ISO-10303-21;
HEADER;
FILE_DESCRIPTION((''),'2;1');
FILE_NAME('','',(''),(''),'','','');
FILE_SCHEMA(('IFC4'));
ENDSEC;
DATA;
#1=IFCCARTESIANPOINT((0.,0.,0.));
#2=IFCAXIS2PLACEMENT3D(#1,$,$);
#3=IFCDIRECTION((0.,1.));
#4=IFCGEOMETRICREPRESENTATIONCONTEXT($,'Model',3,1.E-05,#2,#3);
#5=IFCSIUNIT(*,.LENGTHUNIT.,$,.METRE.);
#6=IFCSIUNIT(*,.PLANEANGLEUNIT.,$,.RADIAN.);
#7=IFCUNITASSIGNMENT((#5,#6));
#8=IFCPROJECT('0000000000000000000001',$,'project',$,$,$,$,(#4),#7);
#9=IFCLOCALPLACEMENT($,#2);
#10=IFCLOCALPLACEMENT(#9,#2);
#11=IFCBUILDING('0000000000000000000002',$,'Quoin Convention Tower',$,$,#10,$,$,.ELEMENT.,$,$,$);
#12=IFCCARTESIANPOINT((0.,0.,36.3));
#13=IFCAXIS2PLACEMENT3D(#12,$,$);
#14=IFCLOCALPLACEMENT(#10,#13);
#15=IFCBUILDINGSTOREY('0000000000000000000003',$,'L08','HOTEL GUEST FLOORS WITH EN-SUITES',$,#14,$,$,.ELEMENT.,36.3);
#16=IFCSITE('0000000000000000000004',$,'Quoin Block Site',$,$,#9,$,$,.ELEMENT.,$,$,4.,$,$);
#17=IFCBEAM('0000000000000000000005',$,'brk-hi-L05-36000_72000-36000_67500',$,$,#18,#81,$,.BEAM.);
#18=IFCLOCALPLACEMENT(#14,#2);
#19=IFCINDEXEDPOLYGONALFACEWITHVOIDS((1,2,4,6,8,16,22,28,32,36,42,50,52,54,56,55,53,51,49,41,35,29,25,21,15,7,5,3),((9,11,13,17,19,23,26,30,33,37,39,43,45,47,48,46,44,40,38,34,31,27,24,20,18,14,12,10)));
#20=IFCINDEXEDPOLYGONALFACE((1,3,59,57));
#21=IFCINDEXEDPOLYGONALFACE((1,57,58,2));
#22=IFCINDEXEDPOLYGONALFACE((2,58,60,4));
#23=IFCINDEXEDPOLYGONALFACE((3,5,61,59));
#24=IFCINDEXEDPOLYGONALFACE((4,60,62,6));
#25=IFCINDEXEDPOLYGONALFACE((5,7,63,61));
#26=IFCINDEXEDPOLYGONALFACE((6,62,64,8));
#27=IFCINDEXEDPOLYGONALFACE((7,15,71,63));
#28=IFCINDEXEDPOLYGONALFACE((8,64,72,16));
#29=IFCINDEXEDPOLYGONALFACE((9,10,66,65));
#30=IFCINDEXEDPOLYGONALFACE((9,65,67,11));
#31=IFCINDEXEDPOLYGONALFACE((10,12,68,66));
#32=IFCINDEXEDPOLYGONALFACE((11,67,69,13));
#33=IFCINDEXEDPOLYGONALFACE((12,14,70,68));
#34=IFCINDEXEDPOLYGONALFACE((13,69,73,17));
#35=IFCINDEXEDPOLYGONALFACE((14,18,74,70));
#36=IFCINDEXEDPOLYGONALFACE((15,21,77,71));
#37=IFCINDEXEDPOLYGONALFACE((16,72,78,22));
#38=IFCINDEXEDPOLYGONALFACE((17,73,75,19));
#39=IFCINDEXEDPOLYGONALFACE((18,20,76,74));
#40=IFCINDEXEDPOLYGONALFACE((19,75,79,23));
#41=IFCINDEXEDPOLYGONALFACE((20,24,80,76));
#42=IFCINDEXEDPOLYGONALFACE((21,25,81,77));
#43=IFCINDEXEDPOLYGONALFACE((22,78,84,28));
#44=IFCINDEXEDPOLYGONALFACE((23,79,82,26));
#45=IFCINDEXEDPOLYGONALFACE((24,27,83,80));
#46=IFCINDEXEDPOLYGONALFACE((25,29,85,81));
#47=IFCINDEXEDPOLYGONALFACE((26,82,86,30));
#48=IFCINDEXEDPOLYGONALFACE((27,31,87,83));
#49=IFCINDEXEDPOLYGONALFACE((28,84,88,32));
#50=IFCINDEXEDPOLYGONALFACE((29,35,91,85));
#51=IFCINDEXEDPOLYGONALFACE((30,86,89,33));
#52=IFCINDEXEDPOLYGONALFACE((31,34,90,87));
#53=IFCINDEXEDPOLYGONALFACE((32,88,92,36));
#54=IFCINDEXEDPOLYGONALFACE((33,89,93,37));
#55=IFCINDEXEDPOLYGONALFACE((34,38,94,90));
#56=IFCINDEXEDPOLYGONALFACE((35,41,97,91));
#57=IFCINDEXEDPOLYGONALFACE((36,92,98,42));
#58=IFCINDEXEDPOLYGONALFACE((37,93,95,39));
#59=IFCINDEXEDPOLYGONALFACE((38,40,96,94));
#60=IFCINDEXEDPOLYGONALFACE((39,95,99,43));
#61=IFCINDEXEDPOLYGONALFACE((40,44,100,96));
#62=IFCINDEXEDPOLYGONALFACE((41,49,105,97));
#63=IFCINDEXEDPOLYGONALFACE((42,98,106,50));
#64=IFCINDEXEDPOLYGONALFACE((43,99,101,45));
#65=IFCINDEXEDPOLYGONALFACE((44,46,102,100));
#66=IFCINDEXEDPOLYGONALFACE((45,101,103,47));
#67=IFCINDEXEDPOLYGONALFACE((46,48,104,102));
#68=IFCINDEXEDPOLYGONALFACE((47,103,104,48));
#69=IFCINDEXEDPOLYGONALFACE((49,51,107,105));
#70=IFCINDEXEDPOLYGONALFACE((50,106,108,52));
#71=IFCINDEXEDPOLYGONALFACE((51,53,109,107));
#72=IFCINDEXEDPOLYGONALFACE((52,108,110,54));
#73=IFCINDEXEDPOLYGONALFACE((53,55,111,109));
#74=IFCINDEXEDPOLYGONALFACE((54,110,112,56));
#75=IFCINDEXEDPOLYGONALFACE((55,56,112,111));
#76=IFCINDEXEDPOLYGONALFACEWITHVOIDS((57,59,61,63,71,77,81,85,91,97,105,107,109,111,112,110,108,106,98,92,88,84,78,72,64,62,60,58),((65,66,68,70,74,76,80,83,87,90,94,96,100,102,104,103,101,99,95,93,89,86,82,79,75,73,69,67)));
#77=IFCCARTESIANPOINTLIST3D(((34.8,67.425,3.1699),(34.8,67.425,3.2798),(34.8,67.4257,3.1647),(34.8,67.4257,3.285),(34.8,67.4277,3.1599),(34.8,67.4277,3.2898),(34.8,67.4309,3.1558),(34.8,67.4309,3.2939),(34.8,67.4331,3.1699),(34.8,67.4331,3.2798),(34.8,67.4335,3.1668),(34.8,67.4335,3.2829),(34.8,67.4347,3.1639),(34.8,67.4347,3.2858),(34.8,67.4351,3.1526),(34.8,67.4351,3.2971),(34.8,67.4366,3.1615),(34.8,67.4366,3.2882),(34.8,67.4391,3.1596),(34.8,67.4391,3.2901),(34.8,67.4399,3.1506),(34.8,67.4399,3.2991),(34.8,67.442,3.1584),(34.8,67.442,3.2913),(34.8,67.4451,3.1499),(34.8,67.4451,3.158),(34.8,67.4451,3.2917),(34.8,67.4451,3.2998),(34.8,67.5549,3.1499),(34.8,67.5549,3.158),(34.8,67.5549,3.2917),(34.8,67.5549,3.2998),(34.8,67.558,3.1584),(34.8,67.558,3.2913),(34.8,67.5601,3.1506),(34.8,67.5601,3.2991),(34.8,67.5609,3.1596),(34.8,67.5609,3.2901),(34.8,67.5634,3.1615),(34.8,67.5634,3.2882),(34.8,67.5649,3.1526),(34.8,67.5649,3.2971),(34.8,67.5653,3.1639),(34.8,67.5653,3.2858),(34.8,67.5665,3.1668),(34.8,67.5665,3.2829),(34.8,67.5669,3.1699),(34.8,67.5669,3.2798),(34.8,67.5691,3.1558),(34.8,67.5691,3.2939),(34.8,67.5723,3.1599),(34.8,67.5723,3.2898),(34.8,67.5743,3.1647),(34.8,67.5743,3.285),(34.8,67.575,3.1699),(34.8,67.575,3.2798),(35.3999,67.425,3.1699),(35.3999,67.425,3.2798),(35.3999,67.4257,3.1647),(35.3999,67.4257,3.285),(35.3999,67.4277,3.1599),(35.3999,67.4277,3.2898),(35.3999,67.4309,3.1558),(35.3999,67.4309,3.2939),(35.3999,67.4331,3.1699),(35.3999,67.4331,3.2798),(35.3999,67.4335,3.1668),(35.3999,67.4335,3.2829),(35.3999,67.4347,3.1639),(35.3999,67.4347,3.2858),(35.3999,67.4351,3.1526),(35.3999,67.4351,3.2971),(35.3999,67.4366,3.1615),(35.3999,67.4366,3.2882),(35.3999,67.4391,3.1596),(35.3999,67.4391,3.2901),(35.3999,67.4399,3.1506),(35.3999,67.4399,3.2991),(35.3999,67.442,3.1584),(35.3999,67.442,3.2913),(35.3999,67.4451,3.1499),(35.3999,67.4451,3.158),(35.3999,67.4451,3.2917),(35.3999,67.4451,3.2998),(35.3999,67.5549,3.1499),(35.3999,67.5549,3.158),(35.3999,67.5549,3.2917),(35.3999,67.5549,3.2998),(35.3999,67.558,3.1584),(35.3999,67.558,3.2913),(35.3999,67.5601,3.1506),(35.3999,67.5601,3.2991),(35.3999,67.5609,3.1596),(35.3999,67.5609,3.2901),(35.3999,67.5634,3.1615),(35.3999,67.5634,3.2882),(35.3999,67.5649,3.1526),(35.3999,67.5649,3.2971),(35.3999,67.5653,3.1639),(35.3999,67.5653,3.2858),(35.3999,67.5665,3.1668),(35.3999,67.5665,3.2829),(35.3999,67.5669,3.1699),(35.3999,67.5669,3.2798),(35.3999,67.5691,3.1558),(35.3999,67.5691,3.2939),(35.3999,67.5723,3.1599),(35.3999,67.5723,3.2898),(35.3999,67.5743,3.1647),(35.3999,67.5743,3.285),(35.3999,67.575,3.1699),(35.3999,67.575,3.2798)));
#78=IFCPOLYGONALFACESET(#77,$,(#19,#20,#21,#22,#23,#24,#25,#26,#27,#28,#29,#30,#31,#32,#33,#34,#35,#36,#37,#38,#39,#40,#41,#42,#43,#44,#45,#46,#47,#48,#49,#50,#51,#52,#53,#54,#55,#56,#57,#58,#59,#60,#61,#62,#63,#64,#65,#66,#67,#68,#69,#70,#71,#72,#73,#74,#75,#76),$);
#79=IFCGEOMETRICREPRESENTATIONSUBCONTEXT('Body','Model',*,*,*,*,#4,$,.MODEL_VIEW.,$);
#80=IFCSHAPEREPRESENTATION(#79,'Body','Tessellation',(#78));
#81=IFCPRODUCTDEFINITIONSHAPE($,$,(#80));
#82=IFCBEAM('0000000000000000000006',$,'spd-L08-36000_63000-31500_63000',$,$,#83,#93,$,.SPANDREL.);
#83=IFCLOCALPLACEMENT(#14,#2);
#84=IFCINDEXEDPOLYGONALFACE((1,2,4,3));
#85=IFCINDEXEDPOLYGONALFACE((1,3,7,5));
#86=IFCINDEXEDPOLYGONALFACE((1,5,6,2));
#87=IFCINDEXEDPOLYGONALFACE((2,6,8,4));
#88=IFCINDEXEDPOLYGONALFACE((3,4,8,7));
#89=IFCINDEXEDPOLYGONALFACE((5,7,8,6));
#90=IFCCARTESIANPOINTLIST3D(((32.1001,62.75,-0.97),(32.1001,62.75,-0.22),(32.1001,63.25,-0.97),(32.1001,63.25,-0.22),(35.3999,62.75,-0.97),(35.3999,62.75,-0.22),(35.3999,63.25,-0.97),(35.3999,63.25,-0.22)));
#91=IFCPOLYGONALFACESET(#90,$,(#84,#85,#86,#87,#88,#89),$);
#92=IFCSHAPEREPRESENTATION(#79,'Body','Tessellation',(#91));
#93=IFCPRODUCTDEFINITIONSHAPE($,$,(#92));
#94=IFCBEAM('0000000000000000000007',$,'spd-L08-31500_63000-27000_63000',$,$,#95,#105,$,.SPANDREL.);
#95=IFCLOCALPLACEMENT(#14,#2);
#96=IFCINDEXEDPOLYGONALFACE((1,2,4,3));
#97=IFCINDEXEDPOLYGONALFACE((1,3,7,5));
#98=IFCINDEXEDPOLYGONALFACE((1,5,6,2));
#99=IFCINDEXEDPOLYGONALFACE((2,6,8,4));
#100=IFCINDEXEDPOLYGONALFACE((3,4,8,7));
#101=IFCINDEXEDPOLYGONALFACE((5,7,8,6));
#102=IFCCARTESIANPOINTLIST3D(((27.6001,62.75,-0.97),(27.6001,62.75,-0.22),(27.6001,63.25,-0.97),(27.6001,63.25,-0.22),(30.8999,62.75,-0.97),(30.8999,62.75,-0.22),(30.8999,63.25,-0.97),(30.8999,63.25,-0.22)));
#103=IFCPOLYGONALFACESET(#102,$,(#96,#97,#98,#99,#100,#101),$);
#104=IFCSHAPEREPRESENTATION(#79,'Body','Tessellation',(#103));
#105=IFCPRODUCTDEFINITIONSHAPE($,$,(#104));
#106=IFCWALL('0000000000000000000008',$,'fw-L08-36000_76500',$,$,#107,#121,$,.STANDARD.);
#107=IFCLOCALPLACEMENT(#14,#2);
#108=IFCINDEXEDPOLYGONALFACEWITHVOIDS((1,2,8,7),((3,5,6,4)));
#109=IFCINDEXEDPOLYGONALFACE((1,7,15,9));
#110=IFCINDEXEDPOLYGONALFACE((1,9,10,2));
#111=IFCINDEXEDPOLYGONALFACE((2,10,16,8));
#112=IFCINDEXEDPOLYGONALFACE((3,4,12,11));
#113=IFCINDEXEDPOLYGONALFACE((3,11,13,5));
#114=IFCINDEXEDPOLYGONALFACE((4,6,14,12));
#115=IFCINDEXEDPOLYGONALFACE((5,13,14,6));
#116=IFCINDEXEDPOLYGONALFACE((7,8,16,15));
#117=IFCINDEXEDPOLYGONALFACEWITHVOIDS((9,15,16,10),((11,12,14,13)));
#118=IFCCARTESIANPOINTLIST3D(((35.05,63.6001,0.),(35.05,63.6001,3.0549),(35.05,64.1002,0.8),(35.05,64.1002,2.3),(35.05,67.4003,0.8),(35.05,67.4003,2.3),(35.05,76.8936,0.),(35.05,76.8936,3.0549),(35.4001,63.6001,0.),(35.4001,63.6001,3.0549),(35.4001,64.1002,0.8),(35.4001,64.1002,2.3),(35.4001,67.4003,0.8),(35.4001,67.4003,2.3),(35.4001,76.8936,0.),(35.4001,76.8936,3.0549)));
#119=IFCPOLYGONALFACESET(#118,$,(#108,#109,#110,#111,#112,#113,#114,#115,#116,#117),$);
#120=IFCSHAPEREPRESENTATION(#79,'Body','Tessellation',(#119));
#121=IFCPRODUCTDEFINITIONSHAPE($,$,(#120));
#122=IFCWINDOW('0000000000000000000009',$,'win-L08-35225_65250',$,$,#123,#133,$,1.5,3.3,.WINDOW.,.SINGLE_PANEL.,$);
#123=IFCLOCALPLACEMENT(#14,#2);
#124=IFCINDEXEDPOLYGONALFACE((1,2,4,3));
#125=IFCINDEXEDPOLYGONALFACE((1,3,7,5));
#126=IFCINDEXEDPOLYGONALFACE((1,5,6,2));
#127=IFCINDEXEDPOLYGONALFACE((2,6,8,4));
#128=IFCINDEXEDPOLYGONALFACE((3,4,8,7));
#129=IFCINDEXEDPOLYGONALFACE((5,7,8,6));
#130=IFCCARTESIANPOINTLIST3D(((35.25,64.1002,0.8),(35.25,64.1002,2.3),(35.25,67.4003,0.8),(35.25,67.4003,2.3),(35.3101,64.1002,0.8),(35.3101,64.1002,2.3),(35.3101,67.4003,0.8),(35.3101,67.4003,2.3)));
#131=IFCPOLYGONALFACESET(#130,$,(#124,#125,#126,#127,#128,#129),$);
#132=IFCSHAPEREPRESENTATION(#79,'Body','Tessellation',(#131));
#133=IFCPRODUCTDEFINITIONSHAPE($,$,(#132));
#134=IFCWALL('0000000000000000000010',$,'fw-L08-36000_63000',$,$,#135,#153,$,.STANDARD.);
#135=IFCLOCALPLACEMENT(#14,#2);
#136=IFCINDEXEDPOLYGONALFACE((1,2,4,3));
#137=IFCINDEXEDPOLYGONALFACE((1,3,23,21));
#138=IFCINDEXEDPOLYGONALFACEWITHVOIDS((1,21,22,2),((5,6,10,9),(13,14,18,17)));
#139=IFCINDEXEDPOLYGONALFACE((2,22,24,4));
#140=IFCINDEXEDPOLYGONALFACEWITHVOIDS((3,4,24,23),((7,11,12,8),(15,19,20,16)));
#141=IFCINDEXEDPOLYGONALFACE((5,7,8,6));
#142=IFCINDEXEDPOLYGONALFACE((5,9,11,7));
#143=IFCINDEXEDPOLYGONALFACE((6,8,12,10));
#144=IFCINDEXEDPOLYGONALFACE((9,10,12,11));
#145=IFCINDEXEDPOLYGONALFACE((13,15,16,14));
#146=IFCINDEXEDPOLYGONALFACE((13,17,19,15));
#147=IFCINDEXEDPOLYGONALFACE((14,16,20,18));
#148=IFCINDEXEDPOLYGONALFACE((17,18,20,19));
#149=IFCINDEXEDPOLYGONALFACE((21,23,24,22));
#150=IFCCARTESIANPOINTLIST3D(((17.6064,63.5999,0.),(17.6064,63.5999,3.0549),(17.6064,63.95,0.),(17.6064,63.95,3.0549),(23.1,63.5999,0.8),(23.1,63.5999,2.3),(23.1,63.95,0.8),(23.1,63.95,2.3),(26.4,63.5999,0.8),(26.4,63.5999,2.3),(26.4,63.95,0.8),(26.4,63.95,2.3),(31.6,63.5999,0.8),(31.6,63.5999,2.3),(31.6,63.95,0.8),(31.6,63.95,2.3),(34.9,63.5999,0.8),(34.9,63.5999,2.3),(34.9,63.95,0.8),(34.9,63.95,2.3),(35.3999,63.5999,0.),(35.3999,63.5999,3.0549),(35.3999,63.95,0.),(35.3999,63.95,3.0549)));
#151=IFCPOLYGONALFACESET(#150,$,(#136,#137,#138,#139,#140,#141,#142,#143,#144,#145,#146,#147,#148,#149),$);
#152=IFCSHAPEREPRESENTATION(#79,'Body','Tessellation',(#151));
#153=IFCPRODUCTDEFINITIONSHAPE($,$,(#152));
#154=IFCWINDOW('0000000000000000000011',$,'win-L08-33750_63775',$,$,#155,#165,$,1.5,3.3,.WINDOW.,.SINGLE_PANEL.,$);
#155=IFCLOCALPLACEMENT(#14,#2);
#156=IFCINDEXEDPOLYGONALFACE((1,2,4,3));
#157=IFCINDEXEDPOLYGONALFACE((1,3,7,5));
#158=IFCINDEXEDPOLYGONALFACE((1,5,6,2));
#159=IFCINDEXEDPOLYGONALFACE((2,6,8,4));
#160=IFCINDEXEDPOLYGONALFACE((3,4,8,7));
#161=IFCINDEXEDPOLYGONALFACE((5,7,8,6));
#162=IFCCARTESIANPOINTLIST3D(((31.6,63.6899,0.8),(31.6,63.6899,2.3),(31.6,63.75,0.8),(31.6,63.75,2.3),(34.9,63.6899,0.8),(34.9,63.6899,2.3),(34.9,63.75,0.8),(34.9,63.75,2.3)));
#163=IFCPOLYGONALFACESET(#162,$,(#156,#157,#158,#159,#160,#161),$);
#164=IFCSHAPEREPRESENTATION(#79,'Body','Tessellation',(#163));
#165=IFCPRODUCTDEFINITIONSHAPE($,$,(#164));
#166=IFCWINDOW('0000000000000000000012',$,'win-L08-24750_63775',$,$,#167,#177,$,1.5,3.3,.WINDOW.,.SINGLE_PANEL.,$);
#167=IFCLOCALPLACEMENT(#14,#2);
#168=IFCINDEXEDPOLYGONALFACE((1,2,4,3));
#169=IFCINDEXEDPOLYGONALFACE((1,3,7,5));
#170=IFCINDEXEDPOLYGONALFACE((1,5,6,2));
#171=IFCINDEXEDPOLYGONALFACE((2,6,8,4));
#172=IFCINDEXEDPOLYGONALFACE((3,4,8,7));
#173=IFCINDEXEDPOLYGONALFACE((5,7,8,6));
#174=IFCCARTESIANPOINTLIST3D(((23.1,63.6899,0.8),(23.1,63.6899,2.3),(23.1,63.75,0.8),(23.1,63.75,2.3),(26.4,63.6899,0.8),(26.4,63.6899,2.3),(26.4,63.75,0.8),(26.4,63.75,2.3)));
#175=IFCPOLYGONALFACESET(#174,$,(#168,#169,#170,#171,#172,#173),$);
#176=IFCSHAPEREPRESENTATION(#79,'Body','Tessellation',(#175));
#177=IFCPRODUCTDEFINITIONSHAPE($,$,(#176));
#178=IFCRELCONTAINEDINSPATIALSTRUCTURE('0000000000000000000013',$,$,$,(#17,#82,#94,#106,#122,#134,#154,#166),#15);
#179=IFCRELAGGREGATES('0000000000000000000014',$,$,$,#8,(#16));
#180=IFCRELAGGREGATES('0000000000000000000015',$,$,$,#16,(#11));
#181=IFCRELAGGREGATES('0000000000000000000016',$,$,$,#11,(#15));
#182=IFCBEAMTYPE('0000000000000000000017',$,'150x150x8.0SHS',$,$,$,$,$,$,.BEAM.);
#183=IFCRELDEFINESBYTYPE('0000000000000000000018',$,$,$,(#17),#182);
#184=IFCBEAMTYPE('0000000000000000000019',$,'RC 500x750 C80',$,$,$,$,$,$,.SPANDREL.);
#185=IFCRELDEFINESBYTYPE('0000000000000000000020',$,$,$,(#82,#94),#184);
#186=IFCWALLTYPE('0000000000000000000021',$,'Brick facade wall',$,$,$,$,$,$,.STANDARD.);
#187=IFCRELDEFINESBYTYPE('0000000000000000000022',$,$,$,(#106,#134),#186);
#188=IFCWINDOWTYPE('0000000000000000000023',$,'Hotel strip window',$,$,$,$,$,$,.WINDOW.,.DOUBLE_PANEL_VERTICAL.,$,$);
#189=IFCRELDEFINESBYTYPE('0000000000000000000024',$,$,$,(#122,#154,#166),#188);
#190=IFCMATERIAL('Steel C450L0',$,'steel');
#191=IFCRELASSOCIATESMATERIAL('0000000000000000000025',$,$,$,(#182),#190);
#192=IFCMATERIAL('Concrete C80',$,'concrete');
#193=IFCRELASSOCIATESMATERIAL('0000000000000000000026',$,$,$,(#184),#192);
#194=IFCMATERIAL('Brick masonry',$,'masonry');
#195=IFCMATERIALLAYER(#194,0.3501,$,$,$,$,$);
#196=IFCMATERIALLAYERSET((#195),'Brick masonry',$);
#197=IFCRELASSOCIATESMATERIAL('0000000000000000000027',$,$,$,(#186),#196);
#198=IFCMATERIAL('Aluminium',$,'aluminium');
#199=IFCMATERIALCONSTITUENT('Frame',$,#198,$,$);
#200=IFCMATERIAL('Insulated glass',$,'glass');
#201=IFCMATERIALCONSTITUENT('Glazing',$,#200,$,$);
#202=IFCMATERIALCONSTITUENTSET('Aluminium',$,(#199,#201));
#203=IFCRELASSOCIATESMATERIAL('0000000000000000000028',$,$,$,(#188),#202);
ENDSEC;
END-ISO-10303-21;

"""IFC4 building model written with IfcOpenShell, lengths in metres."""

from ifc_helpers import new_model, si_unit, direction, frame, frame_2d, origin, origin_2d, place, context, subcontext, project, spatial, rectangle, hollow_rectangle, extrude, material, layer, layer_set, constituent, constituent_set, material_profile, profile_set, type_object, element, fill, save


model = new_model("IFC4")

# Units and contexts
model_context = context("Model", 3, precision=1e-05, world=origin(), true_north=direction((0.0, 1.0)))
body_context = subcontext(model_context, "Body", "Model", "MODEL_VIEW")
ifc_project = project(units=[si_unit("LENGTHUNIT", "METRE"), si_unit("PLANEANGLEUNIT", "RADIAN")], contexts=[model_context])

# Site, building, storey
site_placement = place(None, origin())
site = spatial("IfcSite", under=ifc_project, at=site_placement, Name="Quoin Block Site", CompositionType="ELEMENT", RefElevation=4.0)
building_placement = place(site_placement, origin())
building = spatial("IfcBuilding", under=site, at=building_placement, Name="Quoin Convention Tower", CompositionType="ELEMENT")
storey_placement = place(building_placement, frame((0.0, 0.0, 36.3)))
storey = spatial("IfcBuildingStorey", under=building, at=storey_placement, Name="L08", Description="HOTEL GUEST FLOORS WITH EN-SUITES", CompositionType="ELEMENT", Elevation=36.3)

# Shared definitions
ifc_material_1 = material(Name="Concrete C80", Category="concrete")

# Beams
ifc_material_2 = material(Name="Steel C450L0", Category="steel")
ifc_material_profile_1 = material_profile(ifc_material_2, hollow_rectangle(XDim=0.1499, YDim=0.1499, WallThickness=0.0081, InnerFilletRadius=0.012, OuterFilletRadius=0.02, at=origin_2d()), Name="150x150x8.0SHS")
ifc_profile_set_1 = profile_set([ifc_material_profile_1], Name="Steel C450L0")
beam_type_1 = type_object("IfcBeamType", Name="150x150x8.0SHS", PredefinedType="BEAM", material=ifc_profile_set_1)
for number, where, z_axis, x_axis, name in (
    (1, (35.3999, 67.5, 3.2249), (-1.0, 0.0, 0.0), (0.0, -1.0, 0.0), "brk-hi-L05-36000_72000-36000_67500"),
):
    element("IfcBeam", number, at=place(storey_placement, frame(where, z_axis=z_axis, x_axis=x_axis)), inside=storey, type_object=beam_type_1, Name=name, PredefinedType="BEAM", context=body_context, shape_type="SweptSolid", body=[
        extrude(hollow_rectangle(XDim=0.1499, YDim=0.1499, WallThickness=0.0081, InnerFilletRadius=0.012, OuterFilletRadius=0.02, at=origin_2d()), origin(), (0.0, 0.0, 1.0), 0.5999),
    ])
ifc_material_profile_2 = material_profile(ifc_material_1, rectangle(XDim=0.5, YDim=0.75, at=origin_2d()), Name="RC 500x750")
ifc_profile_set_2 = profile_set([ifc_material_profile_2], Name="Concrete C80")
beam_type_2 = type_object("IfcBeamType", Name="RC 500x750 C80", PredefinedType="SPANDREL", material=ifc_profile_set_2)
for number, where, z_axis, x_axis, name in (
    (2, (35.3999, 63.0, -0.595), (-1.0, 0.0, 0.0), (0.0, -1.0, 0.0), "spd-L08-36000_63000-31500_63000"),
    (3, (30.8999, 63.0, -0.595), (-1.0, 0.0, 0.0), (0.0, -1.0, 0.0), "spd-L08-31500_63000-27000_63000"),
):
    element("IfcBeam", number, at=place(storey_placement, frame(where, z_axis=z_axis, x_axis=x_axis)), inside=storey, type_object=beam_type_2, Name=name, PredefinedType="SPANDREL", context=body_context, shape_type="SweptSolid", body=[
        extrude(rectangle(XDim=0.5, YDim=0.75, at=origin_2d()), origin(), (0.0, 0.0, 1.0), 3.2998),
    ])

# Wall, opening, window
ifc_material_3 = material(Name="Brick masonry", Category="masonry")
ifc_layer_1 = layer(ifc_material_3, 0.3501)
ifc_layer_set_1 = layer_set([ifc_layer_1], Name="Brick masonry")
wall_type_1 = type_object("IfcWallType", Name="Brick facade wall", PredefinedType="STANDARD", material=ifc_layer_set_1)
wall_1_placement = place(storey_placement, frame((35.2251, 76.8936, 0.0), z_axis=(0.0, 0.0, 1.0), x_axis=(0.0, -1.0, 0.0)))
wall_1 = element("IfcWall", 4, at=wall_1_placement, inside=storey, type_object=wall_type_1, Name="fw-L08-36000_76500", PredefinedType="STANDARD", context=body_context, shape_type="SweptSolid", body=[
    extrude(rectangle(XDim=13.2935, YDim=0.3501, at=frame_2d((6.6467, 0.0))), origin(), (0.0, 0.0, 1.0), 3.0549),
])
opening_1_placement = place(wall_1_placement, frame((9.4934, 0.0, 0.8)))
opening_1 = element("IfcOpeningElement", 5, at=opening_1_placement, cuts=wall_1, PredefinedType="OPENING", context=body_context, shape_type="SweptSolid", body=[
    extrude(rectangle(XDim=3.3, YDim=1.5, at=frame_2d((1.6499, 0.75))), frame((0.0, 0.1851, 0.0), z_axis=(0.0, -1.0, 0.0), x_axis=(1.0, 0.0, 0.0)), (0.0, 0.0, 1.0), 0.3701),
])
ifc_material_4 = material(Name="Aluminium", Category="aluminium")
ifc_constituent_1 = constituent(ifc_material_4, Name="Frame")
ifc_material_5 = material(Name="Insulated glass", Category="glass")
ifc_constituent_2 = constituent(ifc_material_5, Name="Glazing")
ifc_constituent_set = constituent_set(constituents=[ifc_constituent_1, ifc_constituent_2], Name="Aluminium")
window_type = type_object("IfcWindowType", Name="Hotel strip window", PartitioningType="DOUBLE_PANEL_VERTICAL", PredefinedType="WINDOW", material=ifc_constituent_set)
window_1_placement = place(opening_1_placement, origin())
window_1 = element("IfcWindow", 6, at=window_1_placement, inside=storey, type_object=window_type, Name="win-L08-35225_65250", OverallHeight=1.5, OverallWidth=3.3, PartitioningType="SINGLE_PANEL", PredefinedType="WINDOW", context=body_context, shape_type="SweptSolid", body=[
    extrude(rectangle(XDim=3.3, YDim=1.5, at=frame_2d((1.6499, 0.75))), frame((0.0, 0.085, 0.0), z_axis=(0.0, -1.0, 0.0), x_axis=(1.0, 0.0, 0.0)), (0.0, 0.0, 1.0), 0.0601),
])
fill(opening_1, window_1)

# Wall, openings, windows
wall_2_placement = place(storey_placement, frame((35.3999, 63.7749, 0.0), z_axis=(0.0, 0.0, 1.0), x_axis=(-1.0, 0.0, 0.0)))
wall_2 = element("IfcWall", 7, at=wall_2_placement, inside=storey, type_object=wall_type_1, Name="fw-L08-36000_63000", PredefinedType="STANDARD", context=body_context, shape_type="SweptSolid", body=[
    extrude(rectangle(XDim=17.7935, YDim=0.3501, at=frame_2d((8.8967, 0.0))), origin(), (0.0, 0.0, 1.0), 3.0549),
])
opening_2_placement = place(wall_2_placement, frame((0.5, 0.0, 0.8)))
opening_2 = element("IfcOpeningElement", 8, at=opening_2_placement, cuts=wall_2, PredefinedType="OPENING", context=body_context, shape_type="SweptSolid", body=[
    extrude(rectangle(XDim=3.3, YDim=1.5, at=frame_2d((1.6499, 0.75))), frame((0.0, 0.1851, 0.0), z_axis=(0.0, -1.0, 0.0), x_axis=(1.0, 0.0, 0.0)), (0.0, 0.0, 1.0), 0.3701),
])
opening_3_placement = place(wall_2_placement, frame((9.0, 0.0, 0.8)))
opening_3 = element("IfcOpeningElement", 9, at=opening_3_placement, cuts=wall_2, PredefinedType="OPENING", context=body_context, shape_type="SweptSolid", body=[
    extrude(rectangle(XDim=3.3, YDim=1.5, at=frame_2d((1.6499, 0.75))), frame((0.0, 0.1851, 0.0), z_axis=(0.0, -1.0, 0.0), x_axis=(1.0, 0.0, 0.0)), (0.0, 0.0, 1.0), 0.3701),
])
window_2_placement = place(opening_2_placement, origin())
window_2 = element("IfcWindow", 10, at=window_2_placement, inside=storey, type_object=window_type, Name="win-L08-33750_63775", OverallHeight=1.5, OverallWidth=3.3, PartitioningType="SINGLE_PANEL", PredefinedType="WINDOW", context=body_context, shape_type="SweptSolid", body=[
    extrude(rectangle(XDim=3.3, YDim=1.5, at=frame_2d((1.6499, 0.75))), frame((0.0, 0.085, 0.0), z_axis=(0.0, -1.0, 0.0), x_axis=(1.0, 0.0, 0.0)), (0.0, 0.0, 1.0), 0.0601),
])
fill(opening_2, window_2)
window_3_placement = place(opening_3_placement, origin())
window_3 = element("IfcWindow", 11, at=window_3_placement, inside=storey, type_object=window_type, Name="win-L08-24750_63775", OverallHeight=1.5, OverallWidth=3.3, PartitioningType="SINGLE_PANEL", PredefinedType="WINDOW", context=body_context, shape_type="SweptSolid", body=[
    extrude(rectangle(XDim=3.3, YDim=1.5, at=frame_2d((1.6499, 0.75))), frame((0.0, 0.085, 0.0), z_axis=(0.0, -1.0, 0.0), x_axis=(1.0, 0.0, 0.0)), (0.0, 0.0, 1.0), 0.0601),
])
fill(opening_3, window_3)

save(model, "model.ifc")
